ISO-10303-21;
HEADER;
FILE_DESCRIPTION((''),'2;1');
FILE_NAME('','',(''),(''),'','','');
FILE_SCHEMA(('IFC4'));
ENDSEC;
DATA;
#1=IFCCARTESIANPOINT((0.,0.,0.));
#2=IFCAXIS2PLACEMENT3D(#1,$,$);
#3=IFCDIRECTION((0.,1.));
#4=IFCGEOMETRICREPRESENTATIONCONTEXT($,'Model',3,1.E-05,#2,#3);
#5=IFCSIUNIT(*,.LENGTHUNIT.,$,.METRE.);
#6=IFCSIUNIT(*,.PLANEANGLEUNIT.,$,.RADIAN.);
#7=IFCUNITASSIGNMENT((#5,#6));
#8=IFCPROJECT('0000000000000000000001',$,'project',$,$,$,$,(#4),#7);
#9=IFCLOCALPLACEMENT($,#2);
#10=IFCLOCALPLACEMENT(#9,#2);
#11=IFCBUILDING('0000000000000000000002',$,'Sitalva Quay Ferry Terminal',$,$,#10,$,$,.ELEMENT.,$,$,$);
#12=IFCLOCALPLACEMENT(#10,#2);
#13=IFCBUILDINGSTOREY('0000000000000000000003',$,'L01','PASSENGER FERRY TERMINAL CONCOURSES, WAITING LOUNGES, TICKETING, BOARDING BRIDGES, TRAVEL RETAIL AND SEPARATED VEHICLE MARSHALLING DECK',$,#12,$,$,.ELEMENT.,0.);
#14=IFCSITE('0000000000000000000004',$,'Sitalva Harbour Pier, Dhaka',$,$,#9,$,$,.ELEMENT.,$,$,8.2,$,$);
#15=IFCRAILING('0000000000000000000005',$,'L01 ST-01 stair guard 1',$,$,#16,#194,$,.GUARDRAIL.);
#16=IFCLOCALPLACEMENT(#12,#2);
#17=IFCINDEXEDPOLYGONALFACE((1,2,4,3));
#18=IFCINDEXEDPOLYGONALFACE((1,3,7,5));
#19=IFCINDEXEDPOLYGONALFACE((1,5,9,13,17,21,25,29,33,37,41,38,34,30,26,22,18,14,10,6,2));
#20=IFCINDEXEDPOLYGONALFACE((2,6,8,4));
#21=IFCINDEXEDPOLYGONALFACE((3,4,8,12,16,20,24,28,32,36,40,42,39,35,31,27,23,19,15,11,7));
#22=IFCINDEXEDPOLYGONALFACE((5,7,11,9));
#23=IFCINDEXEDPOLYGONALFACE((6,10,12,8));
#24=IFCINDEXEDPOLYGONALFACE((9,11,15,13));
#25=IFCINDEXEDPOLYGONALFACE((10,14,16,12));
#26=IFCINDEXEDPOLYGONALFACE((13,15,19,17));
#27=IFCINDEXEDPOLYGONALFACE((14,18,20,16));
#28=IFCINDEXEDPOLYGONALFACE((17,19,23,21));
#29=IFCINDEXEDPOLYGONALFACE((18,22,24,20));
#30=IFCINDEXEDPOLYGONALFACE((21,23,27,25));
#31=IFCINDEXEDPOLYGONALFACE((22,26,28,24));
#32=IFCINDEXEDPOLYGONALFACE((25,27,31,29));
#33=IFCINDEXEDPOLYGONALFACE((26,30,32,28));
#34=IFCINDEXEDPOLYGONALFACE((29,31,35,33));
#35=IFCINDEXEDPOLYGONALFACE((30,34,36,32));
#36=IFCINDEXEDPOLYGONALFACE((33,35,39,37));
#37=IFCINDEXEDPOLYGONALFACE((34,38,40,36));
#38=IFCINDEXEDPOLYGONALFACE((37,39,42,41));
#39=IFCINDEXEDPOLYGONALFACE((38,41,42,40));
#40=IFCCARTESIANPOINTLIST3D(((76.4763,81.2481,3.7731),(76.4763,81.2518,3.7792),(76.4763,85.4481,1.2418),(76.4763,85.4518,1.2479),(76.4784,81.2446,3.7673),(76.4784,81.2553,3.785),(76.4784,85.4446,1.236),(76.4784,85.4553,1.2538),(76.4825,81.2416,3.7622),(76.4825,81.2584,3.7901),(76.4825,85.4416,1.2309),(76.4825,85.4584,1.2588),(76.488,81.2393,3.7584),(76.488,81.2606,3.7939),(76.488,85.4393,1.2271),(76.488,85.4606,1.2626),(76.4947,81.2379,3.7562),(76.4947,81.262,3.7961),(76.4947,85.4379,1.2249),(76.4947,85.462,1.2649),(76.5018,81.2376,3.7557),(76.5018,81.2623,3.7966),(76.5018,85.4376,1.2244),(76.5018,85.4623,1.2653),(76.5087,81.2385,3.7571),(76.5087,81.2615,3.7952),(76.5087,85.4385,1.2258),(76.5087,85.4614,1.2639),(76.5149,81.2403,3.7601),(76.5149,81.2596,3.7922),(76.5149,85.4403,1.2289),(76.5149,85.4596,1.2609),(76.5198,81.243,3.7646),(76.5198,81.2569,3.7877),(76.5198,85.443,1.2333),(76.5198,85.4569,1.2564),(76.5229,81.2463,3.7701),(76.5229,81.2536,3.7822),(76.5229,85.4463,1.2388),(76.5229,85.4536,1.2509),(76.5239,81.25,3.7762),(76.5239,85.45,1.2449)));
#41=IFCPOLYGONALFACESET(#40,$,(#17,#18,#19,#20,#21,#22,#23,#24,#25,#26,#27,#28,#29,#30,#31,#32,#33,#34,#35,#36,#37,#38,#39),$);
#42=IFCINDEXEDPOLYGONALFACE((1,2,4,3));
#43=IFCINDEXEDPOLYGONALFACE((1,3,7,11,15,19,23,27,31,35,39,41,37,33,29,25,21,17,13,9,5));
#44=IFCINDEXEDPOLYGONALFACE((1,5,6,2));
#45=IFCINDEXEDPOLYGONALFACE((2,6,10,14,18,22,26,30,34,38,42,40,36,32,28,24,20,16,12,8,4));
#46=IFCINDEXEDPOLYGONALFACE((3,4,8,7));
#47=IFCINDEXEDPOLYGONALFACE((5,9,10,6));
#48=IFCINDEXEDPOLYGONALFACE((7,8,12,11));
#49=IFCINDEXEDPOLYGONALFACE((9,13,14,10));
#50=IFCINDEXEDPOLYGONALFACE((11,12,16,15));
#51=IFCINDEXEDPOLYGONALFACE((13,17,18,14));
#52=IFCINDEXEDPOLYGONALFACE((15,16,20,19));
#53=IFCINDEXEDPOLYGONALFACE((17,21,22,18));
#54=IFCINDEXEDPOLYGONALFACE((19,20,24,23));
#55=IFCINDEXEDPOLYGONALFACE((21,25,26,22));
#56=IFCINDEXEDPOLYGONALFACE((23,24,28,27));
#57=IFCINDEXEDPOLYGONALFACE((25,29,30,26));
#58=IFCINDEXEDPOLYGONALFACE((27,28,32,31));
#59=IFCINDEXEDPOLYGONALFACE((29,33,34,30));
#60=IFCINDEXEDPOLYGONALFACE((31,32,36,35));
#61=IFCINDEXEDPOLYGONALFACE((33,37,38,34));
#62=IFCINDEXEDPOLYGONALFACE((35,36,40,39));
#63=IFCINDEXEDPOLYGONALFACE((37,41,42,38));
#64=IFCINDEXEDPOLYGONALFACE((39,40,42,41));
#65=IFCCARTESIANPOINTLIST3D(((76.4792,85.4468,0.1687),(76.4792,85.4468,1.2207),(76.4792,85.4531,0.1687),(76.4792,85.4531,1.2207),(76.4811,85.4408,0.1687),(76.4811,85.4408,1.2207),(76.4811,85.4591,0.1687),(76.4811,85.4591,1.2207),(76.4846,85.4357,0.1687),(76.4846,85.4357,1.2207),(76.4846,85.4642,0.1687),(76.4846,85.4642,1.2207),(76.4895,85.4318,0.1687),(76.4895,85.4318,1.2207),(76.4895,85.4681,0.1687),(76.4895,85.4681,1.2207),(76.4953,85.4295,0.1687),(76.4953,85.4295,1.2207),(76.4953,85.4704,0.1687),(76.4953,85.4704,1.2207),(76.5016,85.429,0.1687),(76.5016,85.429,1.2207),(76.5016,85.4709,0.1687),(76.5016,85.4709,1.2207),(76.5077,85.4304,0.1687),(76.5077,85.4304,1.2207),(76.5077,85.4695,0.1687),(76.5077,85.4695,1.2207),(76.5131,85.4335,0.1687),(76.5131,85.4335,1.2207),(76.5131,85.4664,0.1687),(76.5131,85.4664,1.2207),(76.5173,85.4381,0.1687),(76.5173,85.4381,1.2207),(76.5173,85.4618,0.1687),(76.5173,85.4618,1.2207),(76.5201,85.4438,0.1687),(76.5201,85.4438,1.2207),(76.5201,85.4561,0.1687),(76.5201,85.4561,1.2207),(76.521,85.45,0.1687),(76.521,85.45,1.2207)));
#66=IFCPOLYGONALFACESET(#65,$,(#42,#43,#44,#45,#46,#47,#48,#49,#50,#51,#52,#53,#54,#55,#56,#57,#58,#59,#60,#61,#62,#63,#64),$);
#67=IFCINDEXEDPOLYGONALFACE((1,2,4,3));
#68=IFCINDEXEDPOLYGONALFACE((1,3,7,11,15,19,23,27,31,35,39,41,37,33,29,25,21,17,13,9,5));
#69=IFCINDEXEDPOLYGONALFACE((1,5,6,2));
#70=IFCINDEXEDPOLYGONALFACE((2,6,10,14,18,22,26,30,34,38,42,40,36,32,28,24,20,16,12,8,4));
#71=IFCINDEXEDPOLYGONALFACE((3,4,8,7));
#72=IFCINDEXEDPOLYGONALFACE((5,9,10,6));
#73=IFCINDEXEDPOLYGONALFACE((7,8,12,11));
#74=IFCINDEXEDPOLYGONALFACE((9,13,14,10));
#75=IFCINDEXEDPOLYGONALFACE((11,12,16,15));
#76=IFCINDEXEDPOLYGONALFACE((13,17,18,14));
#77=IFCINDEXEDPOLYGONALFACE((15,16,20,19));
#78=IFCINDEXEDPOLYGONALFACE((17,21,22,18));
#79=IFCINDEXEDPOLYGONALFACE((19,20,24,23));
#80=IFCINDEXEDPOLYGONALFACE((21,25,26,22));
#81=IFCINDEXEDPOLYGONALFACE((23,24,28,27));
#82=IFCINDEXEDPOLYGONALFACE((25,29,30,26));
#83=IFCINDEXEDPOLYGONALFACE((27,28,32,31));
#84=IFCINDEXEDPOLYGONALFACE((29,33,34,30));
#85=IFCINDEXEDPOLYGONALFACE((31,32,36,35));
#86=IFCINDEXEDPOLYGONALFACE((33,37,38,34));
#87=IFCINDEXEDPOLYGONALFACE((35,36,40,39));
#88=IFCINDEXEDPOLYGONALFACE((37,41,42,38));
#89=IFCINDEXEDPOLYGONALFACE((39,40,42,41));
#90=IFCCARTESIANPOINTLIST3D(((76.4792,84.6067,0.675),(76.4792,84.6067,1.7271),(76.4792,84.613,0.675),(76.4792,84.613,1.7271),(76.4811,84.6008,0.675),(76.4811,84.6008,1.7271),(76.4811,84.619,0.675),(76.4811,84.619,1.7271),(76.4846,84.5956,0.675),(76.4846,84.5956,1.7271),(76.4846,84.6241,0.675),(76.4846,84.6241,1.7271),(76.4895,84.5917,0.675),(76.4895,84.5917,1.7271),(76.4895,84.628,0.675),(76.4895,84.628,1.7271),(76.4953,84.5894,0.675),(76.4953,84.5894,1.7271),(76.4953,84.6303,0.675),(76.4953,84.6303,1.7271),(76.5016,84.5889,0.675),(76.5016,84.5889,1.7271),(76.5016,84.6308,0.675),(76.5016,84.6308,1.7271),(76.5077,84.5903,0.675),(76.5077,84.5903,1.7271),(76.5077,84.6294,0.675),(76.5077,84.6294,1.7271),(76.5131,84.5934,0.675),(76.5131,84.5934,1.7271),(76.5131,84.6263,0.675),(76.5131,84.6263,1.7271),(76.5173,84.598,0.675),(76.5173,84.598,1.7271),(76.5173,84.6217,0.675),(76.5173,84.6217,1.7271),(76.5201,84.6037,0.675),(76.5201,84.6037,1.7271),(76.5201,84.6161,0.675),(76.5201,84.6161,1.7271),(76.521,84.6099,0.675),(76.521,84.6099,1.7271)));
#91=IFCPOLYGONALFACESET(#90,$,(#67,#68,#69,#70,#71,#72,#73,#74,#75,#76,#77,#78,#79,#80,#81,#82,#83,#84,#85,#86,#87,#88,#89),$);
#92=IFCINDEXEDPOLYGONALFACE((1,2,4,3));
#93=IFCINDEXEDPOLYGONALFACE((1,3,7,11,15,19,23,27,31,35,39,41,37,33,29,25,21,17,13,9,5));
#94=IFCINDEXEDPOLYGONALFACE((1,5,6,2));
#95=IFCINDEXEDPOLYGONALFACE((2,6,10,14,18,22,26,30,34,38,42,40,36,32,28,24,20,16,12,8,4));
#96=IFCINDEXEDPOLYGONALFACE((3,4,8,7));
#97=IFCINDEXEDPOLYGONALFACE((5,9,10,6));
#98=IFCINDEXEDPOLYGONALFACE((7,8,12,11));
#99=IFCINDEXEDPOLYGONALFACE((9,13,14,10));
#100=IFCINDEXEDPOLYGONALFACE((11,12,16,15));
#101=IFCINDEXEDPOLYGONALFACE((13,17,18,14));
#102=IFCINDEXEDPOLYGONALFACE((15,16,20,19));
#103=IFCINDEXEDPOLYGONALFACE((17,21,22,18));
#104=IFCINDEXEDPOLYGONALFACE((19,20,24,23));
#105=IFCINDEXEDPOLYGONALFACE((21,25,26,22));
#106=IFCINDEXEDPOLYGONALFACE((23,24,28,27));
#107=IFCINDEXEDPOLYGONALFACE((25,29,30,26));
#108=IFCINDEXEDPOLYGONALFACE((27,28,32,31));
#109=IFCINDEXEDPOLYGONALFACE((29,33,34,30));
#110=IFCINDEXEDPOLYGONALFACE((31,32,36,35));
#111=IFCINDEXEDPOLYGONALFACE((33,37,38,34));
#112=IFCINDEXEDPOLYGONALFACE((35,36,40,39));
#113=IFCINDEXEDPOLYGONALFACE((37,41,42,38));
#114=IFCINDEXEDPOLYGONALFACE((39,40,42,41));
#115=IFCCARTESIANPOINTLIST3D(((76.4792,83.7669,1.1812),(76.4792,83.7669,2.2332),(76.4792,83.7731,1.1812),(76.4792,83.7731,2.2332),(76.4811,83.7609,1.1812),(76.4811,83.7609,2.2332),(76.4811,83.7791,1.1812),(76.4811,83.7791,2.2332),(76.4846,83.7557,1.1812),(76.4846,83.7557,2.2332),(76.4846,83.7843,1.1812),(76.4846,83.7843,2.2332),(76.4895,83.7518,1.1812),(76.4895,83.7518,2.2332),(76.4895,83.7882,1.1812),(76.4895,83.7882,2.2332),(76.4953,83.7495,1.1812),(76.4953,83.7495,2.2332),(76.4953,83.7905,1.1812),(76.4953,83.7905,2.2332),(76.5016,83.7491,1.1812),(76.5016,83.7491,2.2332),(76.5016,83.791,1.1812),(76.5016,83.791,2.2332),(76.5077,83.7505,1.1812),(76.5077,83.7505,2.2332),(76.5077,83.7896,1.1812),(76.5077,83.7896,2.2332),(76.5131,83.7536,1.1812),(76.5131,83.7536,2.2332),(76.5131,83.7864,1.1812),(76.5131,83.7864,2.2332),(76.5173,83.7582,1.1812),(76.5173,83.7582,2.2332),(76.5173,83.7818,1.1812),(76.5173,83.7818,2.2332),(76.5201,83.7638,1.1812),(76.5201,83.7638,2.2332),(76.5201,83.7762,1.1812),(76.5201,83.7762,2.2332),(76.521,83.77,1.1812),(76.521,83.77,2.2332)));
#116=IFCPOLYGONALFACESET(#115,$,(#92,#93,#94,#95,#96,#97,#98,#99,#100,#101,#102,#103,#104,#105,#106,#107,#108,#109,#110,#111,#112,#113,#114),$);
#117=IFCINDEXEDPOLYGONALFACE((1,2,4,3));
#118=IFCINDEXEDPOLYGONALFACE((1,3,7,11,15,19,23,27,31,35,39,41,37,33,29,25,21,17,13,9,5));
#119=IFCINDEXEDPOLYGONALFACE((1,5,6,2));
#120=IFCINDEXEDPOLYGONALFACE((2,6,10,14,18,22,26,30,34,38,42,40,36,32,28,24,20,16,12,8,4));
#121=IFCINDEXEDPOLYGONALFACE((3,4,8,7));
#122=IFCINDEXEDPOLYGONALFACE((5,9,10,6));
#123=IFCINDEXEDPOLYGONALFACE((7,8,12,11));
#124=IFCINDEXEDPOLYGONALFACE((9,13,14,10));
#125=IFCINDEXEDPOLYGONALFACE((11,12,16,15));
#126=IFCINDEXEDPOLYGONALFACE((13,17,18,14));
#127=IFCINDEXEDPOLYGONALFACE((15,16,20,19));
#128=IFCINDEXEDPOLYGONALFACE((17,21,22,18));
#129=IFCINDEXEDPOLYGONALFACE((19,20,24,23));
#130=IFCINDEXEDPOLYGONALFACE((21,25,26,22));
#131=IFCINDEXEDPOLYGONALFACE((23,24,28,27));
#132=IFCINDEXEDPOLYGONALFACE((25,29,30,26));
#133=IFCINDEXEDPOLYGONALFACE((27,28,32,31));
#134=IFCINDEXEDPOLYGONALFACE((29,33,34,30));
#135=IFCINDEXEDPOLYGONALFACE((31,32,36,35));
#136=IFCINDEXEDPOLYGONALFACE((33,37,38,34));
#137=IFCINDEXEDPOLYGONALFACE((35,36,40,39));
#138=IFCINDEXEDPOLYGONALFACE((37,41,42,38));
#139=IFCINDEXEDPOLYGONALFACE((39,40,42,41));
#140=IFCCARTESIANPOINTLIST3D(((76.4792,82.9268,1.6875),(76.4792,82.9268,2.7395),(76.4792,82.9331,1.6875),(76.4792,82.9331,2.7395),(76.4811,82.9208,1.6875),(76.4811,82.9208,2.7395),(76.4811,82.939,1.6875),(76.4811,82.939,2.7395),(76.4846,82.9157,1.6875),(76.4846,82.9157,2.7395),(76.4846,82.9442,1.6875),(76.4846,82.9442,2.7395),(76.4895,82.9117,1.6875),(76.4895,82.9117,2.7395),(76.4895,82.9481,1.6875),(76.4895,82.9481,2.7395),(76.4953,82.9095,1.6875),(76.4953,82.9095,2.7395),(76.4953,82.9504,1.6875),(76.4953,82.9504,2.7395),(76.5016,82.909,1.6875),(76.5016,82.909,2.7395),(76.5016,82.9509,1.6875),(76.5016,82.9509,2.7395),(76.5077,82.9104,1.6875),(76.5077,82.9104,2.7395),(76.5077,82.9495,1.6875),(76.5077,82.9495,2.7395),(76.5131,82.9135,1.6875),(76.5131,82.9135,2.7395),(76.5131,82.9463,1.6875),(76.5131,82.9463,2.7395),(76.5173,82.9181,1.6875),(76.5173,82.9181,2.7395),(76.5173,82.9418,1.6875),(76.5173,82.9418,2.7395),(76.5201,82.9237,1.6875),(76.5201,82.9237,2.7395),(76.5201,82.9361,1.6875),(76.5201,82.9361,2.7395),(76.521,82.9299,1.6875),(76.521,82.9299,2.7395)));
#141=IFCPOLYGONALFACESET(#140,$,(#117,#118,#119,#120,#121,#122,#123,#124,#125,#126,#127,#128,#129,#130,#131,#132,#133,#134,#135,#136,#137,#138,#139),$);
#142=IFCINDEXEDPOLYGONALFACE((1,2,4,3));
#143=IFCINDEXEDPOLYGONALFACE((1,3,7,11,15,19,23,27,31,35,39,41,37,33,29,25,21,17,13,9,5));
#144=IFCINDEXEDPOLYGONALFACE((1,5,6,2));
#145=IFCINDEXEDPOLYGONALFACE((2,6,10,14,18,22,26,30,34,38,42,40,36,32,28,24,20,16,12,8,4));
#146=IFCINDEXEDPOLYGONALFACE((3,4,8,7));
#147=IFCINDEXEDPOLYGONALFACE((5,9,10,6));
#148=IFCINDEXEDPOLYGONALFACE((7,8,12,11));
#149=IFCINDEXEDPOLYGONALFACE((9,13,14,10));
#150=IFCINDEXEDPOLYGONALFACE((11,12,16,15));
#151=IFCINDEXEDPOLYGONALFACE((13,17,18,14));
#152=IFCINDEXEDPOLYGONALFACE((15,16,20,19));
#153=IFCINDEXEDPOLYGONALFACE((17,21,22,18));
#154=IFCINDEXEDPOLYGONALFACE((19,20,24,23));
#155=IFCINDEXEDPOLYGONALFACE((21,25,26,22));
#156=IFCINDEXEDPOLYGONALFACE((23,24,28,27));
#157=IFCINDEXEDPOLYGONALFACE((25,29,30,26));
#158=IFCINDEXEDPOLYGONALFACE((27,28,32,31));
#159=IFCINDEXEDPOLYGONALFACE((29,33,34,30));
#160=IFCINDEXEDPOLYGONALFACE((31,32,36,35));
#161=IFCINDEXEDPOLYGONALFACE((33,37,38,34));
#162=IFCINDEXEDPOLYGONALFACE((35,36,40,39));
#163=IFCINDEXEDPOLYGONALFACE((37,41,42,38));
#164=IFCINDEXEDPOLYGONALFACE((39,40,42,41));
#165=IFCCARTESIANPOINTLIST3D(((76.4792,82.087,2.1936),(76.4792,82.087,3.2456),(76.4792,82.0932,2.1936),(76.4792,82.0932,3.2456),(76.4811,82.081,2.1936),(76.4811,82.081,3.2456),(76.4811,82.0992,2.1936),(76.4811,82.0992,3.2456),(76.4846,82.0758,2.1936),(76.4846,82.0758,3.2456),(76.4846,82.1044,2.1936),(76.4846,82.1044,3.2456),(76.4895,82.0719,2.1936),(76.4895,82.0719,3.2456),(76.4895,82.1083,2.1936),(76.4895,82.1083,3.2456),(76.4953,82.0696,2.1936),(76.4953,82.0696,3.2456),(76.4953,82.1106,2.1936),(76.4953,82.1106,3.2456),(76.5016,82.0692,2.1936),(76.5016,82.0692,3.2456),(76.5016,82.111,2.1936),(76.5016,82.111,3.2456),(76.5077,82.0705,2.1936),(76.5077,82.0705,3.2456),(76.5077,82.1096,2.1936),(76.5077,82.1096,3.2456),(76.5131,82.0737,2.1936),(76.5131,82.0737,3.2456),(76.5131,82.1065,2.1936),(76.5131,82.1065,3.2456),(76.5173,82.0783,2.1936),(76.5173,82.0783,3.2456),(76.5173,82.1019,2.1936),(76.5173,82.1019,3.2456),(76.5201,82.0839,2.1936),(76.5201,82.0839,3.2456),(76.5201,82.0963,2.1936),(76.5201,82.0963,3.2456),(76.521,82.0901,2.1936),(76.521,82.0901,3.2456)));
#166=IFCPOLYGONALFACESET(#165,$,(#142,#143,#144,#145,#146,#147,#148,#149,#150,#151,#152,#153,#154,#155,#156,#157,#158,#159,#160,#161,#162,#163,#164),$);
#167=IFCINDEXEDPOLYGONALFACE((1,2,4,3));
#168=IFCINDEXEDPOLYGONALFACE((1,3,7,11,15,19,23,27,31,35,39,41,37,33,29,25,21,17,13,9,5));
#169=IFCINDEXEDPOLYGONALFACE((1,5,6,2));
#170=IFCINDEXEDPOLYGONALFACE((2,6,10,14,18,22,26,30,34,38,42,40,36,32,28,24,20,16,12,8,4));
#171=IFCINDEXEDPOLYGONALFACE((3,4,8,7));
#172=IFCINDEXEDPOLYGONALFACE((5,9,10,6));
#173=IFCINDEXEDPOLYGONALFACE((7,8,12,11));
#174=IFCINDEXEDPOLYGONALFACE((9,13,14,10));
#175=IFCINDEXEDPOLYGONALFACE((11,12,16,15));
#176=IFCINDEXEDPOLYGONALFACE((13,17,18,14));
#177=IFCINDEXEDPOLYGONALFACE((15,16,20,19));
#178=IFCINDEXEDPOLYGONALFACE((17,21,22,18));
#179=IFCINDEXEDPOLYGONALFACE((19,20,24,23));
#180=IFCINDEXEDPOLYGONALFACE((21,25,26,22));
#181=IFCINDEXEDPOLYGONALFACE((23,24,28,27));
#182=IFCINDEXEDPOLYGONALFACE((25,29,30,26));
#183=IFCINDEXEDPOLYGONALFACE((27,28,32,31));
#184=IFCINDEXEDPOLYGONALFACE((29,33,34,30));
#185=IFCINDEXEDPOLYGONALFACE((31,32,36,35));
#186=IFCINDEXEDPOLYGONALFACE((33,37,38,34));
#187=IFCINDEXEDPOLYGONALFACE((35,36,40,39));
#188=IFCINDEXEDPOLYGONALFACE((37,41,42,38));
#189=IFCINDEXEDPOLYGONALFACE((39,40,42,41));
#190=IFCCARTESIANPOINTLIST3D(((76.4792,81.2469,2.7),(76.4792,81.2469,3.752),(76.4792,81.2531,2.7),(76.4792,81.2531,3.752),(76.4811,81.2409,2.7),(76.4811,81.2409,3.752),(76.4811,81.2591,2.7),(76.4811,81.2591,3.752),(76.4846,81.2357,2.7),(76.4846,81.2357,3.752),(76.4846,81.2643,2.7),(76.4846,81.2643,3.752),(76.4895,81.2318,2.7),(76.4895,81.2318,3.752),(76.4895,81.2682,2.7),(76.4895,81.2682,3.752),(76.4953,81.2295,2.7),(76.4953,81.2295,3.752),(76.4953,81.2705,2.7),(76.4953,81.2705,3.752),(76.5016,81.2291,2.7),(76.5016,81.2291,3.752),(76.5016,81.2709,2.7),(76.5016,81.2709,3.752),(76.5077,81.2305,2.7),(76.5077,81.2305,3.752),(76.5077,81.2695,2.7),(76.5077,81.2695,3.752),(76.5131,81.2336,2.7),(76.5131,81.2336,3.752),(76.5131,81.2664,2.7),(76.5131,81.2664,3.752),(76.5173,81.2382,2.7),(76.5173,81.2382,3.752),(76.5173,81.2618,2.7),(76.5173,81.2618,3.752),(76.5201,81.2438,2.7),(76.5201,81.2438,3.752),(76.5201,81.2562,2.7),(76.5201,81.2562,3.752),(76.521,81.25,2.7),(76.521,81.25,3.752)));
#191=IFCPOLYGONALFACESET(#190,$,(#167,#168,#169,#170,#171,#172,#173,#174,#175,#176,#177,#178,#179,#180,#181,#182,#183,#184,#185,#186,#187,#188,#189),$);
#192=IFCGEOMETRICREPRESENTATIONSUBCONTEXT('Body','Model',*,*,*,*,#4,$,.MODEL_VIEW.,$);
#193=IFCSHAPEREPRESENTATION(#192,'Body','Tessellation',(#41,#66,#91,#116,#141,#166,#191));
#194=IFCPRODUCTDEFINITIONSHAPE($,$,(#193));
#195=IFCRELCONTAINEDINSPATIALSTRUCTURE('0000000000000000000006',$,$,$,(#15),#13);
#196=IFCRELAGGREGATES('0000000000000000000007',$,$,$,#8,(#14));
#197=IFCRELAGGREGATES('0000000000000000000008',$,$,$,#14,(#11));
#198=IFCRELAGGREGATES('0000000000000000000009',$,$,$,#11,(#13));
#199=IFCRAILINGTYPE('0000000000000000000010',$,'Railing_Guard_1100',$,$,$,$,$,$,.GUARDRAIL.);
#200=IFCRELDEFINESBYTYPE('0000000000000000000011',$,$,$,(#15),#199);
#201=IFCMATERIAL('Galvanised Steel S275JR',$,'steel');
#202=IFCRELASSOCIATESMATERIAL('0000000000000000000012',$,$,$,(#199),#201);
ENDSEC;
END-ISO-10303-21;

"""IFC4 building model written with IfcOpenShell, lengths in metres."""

from ifc_helpers import new_model, si_unit, direction, frame, origin, origin_2d, place, context, subcontext, project, spatial, circle, extrude, material, type_object, element, save


model = new_model("IFC4")

# Units and contexts
model_context = context("Model", 3, precision=1e-05, world=origin(), true_north=direction((0.0, 1.0)))
body_context = subcontext(model_context, "Body", "Model", "MODEL_VIEW")
ifc_project = project(units=[si_unit("LENGTHUNIT", "METRE"), si_unit("PLANEANGLEUNIT", "RADIAN")], contexts=[model_context])

# Site, building, storey
site_placement = place(None, origin())
site = spatial("IfcSite", under=ifc_project, at=site_placement, Name="Sitalva Harbour Pier, Dhaka", CompositionType="ELEMENT", RefElevation=8.2)
building_placement = place(site_placement, origin())
building = spatial("IfcBuilding", under=site, at=building_placement, Name="Sitalva Quay Ferry Terminal", CompositionType="ELEMENT")
storey_placement = place(building_placement, origin())
storey = spatial("IfcBuildingStorey", under=building, at=storey_placement, Name="L01", Description="PASSENGER FERRY TERMINAL CONCOURSES, WAITING LOUNGES, TICKETING, BOARDING BRIDGES, TRAVEL RETAIL AND SEPARATED VEHICLE MARSHALLING DECK", CompositionType="ELEMENT", Elevation=0.0)

# Railing
ifc_material_1 = material(Name="Galvanised Steel S275JR", Category="steel")
railing_type_1 = type_object("IfcRailingType", Name="Railing_Guard_1100", PredefinedType="GUARDRAIL", material=ifc_material_1)
railing_1_placement = place(storey_placement, frame((76.5, 85.45, 0.1687)))
element("IfcRailing", 1, at=railing_1_placement, inside=storey, type_object=railing_type_1, Name="L01 ST-01 stair guard 1", PredefinedType="GUARDRAIL", context=body_context, shape_type="SweptSolid", body=[
    extrude(circle(Radius=0.0239, at=origin_2d()), frame((0.0, 0.0, 1.0762), z_axis=(0.0, -0.856476, 0.516186), x_axis=(1.0, 0.0, 0.0)), (0.0, 0.0, 1.0), 4.9038),
    extrude(circle(Radius=0.021, at=origin_2d()), origin(), (0.0, 0.0, 1.0), 1.052),
    extrude(circle(Radius=0.021, at=origin_2d()), frame((0.0, -0.8401, 0.5063)), (0.0, 0.0, 1.0), 1.052),
    extrude(circle(Radius=0.021, at=origin_2d()), frame((0.0, -1.6799, 1.0125)), (0.0, 0.0, 1.0), 1.052),
    extrude(circle(Radius=0.021, at=origin_2d()), frame((0.0, -2.52, 1.5188)), (0.0, 0.0, 1.0), 1.052),
    extrude(circle(Radius=0.021, at=origin_2d()), frame((0.0, -3.3599, 2.0249)), (0.0, 0.0, 1.0), 1.052),
    extrude(circle(Radius=0.021, at=origin_2d()), frame((0.0, -4.2, 2.5312)), (0.0, 0.0, 1.0), 1.052),
])

save(model, "model.ifc")
